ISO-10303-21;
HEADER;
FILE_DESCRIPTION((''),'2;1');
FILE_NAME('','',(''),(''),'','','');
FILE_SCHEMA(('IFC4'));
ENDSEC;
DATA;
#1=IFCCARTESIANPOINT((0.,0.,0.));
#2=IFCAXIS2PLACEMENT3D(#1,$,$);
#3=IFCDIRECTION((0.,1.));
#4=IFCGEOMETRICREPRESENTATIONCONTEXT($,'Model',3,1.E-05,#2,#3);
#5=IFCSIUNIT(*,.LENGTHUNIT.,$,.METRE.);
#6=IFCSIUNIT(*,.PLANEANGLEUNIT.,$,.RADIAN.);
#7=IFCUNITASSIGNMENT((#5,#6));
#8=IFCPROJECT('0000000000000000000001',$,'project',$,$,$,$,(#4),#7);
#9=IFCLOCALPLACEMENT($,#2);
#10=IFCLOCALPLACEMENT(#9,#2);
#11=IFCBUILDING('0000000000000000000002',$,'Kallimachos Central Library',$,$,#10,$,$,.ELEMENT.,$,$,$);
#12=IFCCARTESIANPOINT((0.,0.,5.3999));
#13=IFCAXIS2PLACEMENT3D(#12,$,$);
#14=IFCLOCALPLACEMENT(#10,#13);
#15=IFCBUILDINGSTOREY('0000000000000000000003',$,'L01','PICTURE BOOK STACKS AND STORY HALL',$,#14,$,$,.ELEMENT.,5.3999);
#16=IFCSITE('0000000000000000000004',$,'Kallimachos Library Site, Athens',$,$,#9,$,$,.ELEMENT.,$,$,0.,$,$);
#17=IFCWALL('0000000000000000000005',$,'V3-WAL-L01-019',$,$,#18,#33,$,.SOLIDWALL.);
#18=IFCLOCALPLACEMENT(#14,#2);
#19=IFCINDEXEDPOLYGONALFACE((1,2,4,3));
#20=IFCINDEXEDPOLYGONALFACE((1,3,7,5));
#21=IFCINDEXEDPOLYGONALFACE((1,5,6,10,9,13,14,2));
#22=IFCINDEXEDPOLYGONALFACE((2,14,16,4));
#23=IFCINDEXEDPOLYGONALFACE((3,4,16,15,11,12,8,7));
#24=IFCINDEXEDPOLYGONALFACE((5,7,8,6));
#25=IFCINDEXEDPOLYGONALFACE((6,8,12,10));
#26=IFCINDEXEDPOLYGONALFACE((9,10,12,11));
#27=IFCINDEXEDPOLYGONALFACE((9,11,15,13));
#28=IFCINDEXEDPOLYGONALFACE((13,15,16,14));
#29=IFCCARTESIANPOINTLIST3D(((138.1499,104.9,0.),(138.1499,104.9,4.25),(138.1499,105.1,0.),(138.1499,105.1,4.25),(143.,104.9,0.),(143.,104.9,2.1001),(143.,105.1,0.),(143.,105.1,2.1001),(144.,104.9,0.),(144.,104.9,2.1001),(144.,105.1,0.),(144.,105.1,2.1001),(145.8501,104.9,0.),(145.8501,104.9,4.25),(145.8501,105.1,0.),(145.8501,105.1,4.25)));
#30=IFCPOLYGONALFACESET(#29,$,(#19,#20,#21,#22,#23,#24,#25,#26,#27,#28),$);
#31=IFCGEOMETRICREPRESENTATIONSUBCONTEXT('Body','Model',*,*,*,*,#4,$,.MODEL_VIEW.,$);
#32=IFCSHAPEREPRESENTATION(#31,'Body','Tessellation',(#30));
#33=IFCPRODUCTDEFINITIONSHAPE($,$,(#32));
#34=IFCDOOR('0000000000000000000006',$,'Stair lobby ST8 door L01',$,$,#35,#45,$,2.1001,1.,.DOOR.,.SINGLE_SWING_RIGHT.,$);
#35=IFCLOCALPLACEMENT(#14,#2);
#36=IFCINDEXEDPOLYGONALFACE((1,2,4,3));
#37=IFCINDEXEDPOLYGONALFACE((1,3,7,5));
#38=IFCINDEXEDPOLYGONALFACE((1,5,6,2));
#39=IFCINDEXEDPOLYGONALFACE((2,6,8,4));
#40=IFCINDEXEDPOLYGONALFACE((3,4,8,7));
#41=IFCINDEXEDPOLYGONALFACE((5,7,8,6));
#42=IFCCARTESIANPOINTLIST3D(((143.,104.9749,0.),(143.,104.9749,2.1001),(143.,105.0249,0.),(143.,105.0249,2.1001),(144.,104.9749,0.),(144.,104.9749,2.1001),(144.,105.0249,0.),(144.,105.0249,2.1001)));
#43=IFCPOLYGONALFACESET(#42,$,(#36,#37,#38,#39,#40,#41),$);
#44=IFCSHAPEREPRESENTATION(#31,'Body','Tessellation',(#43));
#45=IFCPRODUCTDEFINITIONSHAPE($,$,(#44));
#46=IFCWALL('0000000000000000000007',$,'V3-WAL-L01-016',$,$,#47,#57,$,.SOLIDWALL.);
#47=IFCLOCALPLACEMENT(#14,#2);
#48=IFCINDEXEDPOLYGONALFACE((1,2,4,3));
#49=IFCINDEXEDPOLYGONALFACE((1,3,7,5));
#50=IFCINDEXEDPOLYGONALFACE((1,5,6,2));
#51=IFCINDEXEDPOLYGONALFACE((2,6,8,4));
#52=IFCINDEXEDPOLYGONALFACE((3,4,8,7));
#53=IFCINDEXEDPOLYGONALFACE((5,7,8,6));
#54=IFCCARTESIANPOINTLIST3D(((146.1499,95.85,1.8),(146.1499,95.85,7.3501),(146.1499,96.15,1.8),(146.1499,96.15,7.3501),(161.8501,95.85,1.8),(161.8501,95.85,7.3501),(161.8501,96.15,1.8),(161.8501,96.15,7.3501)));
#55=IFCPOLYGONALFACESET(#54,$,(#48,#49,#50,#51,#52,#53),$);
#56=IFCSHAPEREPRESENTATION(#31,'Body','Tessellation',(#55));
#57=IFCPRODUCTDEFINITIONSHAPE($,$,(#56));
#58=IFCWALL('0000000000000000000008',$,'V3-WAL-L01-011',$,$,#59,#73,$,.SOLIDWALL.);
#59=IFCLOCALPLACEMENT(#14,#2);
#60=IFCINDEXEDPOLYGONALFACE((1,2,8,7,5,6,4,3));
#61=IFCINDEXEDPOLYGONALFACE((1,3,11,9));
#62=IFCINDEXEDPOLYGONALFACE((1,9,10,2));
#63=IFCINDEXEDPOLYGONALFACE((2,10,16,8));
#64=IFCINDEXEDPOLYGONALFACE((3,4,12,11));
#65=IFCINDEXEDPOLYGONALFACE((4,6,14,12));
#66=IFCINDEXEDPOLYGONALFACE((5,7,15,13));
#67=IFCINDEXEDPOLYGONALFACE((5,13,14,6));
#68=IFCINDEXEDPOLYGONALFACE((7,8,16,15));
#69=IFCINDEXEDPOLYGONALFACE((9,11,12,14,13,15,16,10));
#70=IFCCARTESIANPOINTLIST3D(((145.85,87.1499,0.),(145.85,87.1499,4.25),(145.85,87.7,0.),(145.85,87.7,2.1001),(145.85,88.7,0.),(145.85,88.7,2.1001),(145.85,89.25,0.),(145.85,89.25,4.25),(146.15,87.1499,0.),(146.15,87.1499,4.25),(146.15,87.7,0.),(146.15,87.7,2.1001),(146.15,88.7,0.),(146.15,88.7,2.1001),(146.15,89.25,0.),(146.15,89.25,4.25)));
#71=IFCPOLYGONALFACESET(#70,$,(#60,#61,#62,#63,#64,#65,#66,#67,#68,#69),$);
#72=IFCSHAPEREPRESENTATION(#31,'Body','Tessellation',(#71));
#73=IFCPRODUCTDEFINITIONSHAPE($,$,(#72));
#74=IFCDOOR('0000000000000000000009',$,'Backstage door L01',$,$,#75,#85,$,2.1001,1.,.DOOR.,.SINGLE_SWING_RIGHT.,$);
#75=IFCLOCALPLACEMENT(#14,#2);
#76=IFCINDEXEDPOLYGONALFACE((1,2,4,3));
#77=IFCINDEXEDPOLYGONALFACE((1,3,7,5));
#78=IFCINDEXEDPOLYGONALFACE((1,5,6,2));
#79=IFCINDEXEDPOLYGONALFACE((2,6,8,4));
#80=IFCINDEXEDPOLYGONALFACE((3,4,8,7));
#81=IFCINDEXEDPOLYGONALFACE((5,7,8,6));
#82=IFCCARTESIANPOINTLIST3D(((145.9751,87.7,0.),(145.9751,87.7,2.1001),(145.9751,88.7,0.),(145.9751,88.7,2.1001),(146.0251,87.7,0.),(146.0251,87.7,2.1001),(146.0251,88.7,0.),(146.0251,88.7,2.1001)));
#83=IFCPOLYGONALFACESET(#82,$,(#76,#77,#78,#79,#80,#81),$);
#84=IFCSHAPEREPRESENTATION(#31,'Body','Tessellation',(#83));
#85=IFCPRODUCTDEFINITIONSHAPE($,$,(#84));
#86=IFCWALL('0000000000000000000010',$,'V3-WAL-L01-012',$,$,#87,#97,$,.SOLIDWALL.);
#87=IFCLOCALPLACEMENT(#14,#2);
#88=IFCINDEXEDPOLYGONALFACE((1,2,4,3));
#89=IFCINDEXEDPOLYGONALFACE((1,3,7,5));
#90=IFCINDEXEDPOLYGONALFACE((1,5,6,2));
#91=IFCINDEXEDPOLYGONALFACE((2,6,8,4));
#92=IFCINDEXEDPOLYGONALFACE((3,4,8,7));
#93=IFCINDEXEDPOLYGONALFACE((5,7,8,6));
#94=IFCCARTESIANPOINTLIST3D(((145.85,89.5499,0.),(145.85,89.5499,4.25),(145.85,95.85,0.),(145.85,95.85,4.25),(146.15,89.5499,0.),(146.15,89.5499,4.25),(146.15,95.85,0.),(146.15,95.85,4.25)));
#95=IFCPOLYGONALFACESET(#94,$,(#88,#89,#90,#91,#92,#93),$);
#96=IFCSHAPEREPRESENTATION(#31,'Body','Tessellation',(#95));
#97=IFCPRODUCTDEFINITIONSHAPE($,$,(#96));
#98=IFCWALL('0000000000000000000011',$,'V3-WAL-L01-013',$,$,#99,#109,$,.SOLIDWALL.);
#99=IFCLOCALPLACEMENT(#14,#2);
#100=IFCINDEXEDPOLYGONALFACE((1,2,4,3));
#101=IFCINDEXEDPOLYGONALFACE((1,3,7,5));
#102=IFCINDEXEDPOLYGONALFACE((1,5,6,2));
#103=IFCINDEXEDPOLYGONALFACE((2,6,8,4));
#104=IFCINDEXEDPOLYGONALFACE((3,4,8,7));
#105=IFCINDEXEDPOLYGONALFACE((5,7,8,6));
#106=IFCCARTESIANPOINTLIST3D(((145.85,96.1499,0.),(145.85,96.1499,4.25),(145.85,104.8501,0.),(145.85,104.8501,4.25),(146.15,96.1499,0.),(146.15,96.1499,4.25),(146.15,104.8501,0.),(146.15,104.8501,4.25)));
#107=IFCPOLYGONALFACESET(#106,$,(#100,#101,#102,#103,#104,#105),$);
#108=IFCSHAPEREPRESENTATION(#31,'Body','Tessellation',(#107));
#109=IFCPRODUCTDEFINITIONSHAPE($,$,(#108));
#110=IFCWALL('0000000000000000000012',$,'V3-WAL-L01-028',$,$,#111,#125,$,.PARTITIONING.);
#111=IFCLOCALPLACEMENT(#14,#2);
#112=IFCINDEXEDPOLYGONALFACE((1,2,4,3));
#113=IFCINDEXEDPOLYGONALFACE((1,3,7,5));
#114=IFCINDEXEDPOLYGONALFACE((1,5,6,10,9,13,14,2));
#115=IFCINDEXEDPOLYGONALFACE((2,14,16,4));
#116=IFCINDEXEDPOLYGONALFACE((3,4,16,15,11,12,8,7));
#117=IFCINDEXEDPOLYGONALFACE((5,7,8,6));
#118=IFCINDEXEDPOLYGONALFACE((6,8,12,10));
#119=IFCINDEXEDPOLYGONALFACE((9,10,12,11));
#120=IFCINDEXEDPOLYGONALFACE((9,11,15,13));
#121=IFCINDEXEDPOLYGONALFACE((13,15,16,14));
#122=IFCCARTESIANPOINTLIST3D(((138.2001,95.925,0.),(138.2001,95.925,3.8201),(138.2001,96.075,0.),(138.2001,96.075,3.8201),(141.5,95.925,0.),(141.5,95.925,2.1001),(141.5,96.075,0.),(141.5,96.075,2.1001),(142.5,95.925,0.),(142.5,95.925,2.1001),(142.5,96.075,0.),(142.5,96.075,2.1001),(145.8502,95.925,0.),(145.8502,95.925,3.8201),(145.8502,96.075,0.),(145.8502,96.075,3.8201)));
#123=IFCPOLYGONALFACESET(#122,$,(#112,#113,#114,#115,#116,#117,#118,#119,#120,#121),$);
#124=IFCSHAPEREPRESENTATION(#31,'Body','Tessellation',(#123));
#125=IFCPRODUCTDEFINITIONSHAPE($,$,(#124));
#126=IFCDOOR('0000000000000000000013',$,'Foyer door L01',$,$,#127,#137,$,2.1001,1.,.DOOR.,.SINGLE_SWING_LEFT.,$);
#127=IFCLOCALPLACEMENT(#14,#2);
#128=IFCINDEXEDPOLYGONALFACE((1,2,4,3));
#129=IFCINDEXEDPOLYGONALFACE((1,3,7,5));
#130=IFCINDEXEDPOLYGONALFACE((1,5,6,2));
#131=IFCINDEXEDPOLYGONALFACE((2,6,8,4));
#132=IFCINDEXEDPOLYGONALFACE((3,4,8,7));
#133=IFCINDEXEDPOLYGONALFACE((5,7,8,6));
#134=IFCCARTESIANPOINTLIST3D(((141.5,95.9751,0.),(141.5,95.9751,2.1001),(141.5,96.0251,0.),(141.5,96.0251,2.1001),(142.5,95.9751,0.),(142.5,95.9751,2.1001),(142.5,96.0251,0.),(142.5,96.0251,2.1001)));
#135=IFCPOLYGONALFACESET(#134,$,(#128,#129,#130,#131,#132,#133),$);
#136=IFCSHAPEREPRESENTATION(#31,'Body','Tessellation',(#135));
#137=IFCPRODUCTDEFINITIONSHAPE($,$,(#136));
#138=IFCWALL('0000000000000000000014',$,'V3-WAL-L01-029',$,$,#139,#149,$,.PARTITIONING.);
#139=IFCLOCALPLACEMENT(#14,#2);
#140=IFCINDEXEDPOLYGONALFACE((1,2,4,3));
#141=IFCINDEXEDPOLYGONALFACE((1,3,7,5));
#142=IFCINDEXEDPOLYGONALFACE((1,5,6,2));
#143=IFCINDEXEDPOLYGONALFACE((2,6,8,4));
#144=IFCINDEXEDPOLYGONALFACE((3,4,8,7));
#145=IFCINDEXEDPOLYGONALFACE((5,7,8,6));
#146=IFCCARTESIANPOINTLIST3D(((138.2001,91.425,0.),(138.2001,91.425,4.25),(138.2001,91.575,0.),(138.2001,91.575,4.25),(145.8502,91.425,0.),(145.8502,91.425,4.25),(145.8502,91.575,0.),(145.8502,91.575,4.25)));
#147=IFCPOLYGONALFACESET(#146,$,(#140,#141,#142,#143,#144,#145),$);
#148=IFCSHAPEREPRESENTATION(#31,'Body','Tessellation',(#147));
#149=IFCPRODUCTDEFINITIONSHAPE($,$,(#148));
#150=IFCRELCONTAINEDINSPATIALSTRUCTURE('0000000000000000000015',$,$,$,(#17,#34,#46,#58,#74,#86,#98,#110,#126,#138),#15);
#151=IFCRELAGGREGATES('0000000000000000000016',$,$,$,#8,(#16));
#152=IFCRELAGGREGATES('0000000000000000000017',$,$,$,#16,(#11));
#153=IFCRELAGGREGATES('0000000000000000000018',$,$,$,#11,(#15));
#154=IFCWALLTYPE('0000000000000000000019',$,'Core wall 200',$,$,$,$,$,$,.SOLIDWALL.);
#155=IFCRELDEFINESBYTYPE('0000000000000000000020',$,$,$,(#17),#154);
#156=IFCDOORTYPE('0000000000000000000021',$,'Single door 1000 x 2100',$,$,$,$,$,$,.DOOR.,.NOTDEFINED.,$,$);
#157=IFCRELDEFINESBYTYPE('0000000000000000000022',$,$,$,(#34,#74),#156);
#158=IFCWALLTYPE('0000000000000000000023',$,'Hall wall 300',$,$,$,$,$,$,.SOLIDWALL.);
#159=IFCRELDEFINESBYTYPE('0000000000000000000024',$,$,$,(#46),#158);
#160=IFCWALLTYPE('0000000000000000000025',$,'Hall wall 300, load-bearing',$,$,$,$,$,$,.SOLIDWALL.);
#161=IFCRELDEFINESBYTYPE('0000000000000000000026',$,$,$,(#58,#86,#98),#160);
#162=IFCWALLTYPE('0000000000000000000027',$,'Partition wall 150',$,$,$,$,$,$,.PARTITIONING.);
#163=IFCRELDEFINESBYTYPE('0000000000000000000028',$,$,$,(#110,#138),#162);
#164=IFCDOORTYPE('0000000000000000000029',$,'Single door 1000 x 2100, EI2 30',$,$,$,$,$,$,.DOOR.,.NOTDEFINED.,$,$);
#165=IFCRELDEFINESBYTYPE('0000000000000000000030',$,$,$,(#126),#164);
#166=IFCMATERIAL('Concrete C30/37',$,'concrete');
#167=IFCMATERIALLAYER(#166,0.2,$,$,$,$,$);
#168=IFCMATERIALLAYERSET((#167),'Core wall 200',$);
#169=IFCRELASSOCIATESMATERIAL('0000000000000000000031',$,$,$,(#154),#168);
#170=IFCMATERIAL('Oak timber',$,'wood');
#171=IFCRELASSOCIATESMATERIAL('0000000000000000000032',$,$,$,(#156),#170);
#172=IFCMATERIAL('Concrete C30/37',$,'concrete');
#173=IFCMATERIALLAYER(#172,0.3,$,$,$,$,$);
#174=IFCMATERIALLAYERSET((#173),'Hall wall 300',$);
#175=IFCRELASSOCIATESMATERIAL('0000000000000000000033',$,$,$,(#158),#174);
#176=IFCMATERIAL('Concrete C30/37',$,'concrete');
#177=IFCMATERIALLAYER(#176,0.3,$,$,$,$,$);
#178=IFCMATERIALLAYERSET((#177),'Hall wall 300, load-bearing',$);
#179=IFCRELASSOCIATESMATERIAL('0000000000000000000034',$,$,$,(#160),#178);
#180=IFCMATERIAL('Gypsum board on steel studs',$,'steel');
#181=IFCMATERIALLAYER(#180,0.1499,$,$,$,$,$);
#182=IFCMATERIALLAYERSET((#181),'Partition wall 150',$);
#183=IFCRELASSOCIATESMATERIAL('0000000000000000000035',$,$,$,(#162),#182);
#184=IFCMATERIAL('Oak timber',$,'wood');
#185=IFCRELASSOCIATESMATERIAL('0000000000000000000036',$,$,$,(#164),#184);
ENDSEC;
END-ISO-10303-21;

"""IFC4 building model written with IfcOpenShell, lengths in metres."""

from ifc_helpers import new_model, si_unit, direction, frame, frame_2d, origin, place, context, subcontext, project, spatial, rectangle, extrude, material, layer, layer_set, type_object, element, fill, save


model = new_model("IFC4")

# Units and contexts
model_context = context("Model", 3, precision=1e-05, world=origin(), true_north=direction((0.0, 1.0)))
body_context = subcontext(model_context, "Body", "Model", "MODEL_VIEW")
ifc_project = project(units=[si_unit("LENGTHUNIT", "METRE"), si_unit("PLANEANGLEUNIT", "RADIAN")], contexts=[model_context])

# Site, building, storey
site_placement = place(None, origin())
site = spatial("IfcSite", under=ifc_project, at=site_placement, Name="Kallimachos Library Site, Athens", CompositionType="ELEMENT", RefElevation=0.0)
building_placement = place(site_placement, origin())
building = spatial("IfcBuilding", under=site, at=building_placement, Name="Kallimachos Central Library", CompositionType="ELEMENT")
storey_placement = place(building_placement, frame((0.0, 0.0, 5.3999)))
storey = spatial("IfcBuildingStorey", under=building, at=storey_placement, Name="L01", Description="PICTURE BOOK STACKS AND STORY HALL", CompositionType="ELEMENT", Elevation=5.3999)

# Wall, opening, door
ifc_material_1 = material(Name="Concrete C30/37", Category="concrete")
ifc_layer_1 = layer(ifc_material_1, 0.2)
ifc_layer_set_1 = layer_set([ifc_layer_1], Name="Core wall 200")
wall_type_1 = type_object("IfcWallType", Name="Core wall 200", PredefinedType="SOLIDWALL", material=ifc_layer_set_1)
wall_1_placement = place(storey_placement, frame((138.1499, 105.0, 0.0), z_axis=(0.0, 0.0, 1.0), x_axis=(1.0, 0.0, 0.0)))
wall_1 = element("IfcWall", 1, at=wall_1_placement, inside=storey, type_object=wall_type_1, Name="V3-WAL-L01-019", PredefinedType="SOLIDWALL", context=body_context, shape_type="SweptSolid", body=[
    extrude(rectangle(XDim=7.7002, YDim=0.2, at=frame_2d((3.8501, 0.0))), origin(), (0.0, 0.0, 1.0), 4.25),
])
opening_1_placement = place(wall_1_placement, frame((4.8501, 0.0, 0.0)))
opening_1 = element("IfcOpeningElement", 2, at=opening_1_placement, cuts=wall_1, PredefinedType="OPENING", context=body_context, shape_type="SweptSolid", body=[
    extrude(rectangle(XDim=1.0, YDim=2.1001, at=frame_2d((0.5, 1.05))), frame((0.0, 0.1099, 0.0), z_axis=(0.0, -1.0, 0.0), x_axis=(1.0, 0.0, 0.0)), (0.0, 0.0, 1.0), 0.22),
])
ifc_material_2 = material(Name="Oak timber", Category="wood")
door_type_1 = type_object("IfcDoorType", Name="Single door 1000 x 2100", OperationType="NOTDEFINED", PredefinedType="DOOR", material=ifc_material_2)
door_1_placement = place(opening_1_placement, origin())
door_1 = element("IfcDoor", 3, at=door_1_placement, inside=storey, type_object=door_type_1, Name="Stair lobby ST8 door L01", OperationType="SINGLE_SWING_RIGHT", OverallHeight=2.1001, OverallWidth=1.0, PredefinedType="DOOR", context=body_context, shape_type="SweptSolid", body=[
    extrude(rectangle(XDim=1.0, YDim=2.1001, at=frame_2d((0.5, 1.05))), frame((0.0, 0.0249, 0.0), z_axis=(0.0, -1.0, 0.0), x_axis=(1.0, 0.0, 0.0)), (0.0, 0.0, 1.0), 0.05),
])
fill(opening_1, door_1)

# Wall
ifc_material_3 = material(Name="Concrete C30/37", Category="concrete")
ifc_layer_2 = layer(ifc_material_3, 0.3)
ifc_layer_set_2 = layer_set([ifc_layer_2], Name="Hall wall 300")
wall_type_2 = type_object("IfcWallType", Name="Hall wall 300", PredefinedType="SOLIDWALL", material=ifc_layer_set_2)
wall_2_placement = place(storey_placement, frame((146.1499, 96.0, 1.8), z_axis=(0.0, 0.0, 1.0), x_axis=(1.0, 0.0, 0.0)))
element("IfcWall", 4, at=wall_2_placement, inside=storey, type_object=wall_type_2, Name="V3-WAL-L01-016", PredefinedType="SOLIDWALL", context=body_context, shape_type="SweptSolid", body=[
    extrude(rectangle(XDim=15.7002, YDim=0.3, at=frame_2d((7.8501, 0.0))), origin(), (0.0, 0.0, 1.0), 5.55),
])

# Wall, opening, door
ifc_material_4 = material(Name="Concrete C30/37", Category="concrete")
ifc_layer_3 = layer(ifc_material_4, 0.3)
ifc_layer_set_3 = layer_set([ifc_layer_3], Name="Hall wall 300, load-bearing")
wall_type_3 = type_object("IfcWallType", Name="Hall wall 300, load-bearing", PredefinedType="SOLIDWALL", material=ifc_layer_set_3)
wall_3_placement = place(storey_placement, frame((146.0, 87.1499, 0.0), z_axis=(0.0, 0.0, 1.0), x_axis=(0.0, 1.0, 0.0)))
wall_3 = element("IfcWall", 5, at=wall_3_placement, inside=storey, type_object=wall_type_3, Name="V3-WAL-L01-011", PredefinedType="SOLIDWALL", context=body_context, shape_type="SweptSolid", body=[
    extrude(rectangle(XDim=2.1001, YDim=0.3, at=frame_2d((1.05, 0.0))), origin(), (0.0, 0.0, 1.0), 4.25),
])
opening_2_placement = place(wall_3_placement, frame((0.55, 0.0, 0.0)))
opening_2 = element("IfcOpeningElement", 6, at=opening_2_placement, cuts=wall_3, PredefinedType="OPENING", context=body_context, shape_type="SweptSolid", body=[
    extrude(rectangle(XDim=1.0, YDim=2.1001, at=frame_2d((0.5, 1.05))), frame((0.0, 0.1599, 0.0), z_axis=(0.0, -1.0, 0.0), x_axis=(1.0, 0.0, 0.0)), (0.0, 0.0, 1.0), 0.3201),
])
door_2_placement = place(opening_2_placement, origin())
door_2 = element("IfcDoor", 7, at=door_2_placement, inside=storey, type_object=door_type_1, Name="Backstage door L01", OperationType="SINGLE_SWING_RIGHT", OverallHeight=2.1001, OverallWidth=1.0, PredefinedType="DOOR", context=body_context, shape_type="SweptSolid", body=[
    extrude(rectangle(XDim=1.0, YDim=2.1001, at=frame_2d((0.5, 1.05))), frame((0.0, 0.0249, 0.0), z_axis=(0.0, -1.0, 0.0), x_axis=(1.0, 0.0, 0.0)), (0.0, 0.0, 1.0), 0.05),
])
fill(opening_2, door_2)

# Walls
wall_4_placement = place(storey_placement, frame((146.0, 89.55, 0.0), z_axis=(0.0, 0.0, 1.0), x_axis=(0.0, 1.0, 0.0)))
element("IfcWall", 8, at=wall_4_placement, inside=storey, type_object=wall_type_3, Name="V3-WAL-L01-012", PredefinedType="SOLIDWALL", context=body_context, shape_type="SweptSolid", body=[
    extrude(rectangle(XDim=6.3, YDim=0.3, at=frame_2d((3.1499, 0.0))), origin(), (0.0, 0.0, 1.0), 4.25),
])
wall_5_placement = place(storey_placement, frame((146.0, 96.1499, 0.0), z_axis=(0.0, 0.0, 1.0), x_axis=(0.0, 1.0, 0.0)))
element("IfcWall", 9, at=wall_5_placement, inside=storey, type_object=wall_type_3, Name="V3-WAL-L01-013", PredefinedType="SOLIDWALL", context=body_context, shape_type="SweptSolid", body=[
    extrude(rectangle(XDim=8.7002, YDim=0.3, at=frame_2d((4.3501, 0.0))), origin(), (0.0, 0.0, 1.0), 4.25),
])

# Wall, opening, door
ifc_material_5 = material(Name="Gypsum board on steel studs", Category="steel")
ifc_layer_4 = layer(ifc_material_5, 0.1499)
ifc_layer_set_4 = layer_set([ifc_layer_4], Name="Partition wall 150")
wall_type_4 = type_object("IfcWallType", Name="Partition wall 150", PredefinedType="PARTITIONING", material=ifc_layer_set_4)
wall_6_placement = place(storey_placement, frame((138.2, 96.0, 0.0), z_axis=(0.0, 0.0, 1.0), x_axis=(1.0, 0.0, 0.0)))
wall_6 = element("IfcWall", 10, at=wall_6_placement, inside=storey, type_object=wall_type_4, Name="V3-WAL-L01-028", PredefinedType="PARTITIONING", context=body_context, shape_type="SweptSolid", body=[
    extrude(rectangle(XDim=7.6501, YDim=0.1499, at=frame_2d((3.8252, 0.0))), origin(), (0.0, 0.0, 1.0), 3.8201),
])
opening_3_placement = place(wall_6_placement, frame((3.3, 0.0, 0.0)))
opening_3 = element("IfcOpeningElement", 11, at=opening_3_placement, cuts=wall_6, PredefinedType="OPENING", context=body_context, shape_type="SweptSolid", body=[
    extrude(rectangle(XDim=1.0, YDim=2.1001, at=frame_2d((0.5, 1.05))), frame((0.0, 0.085, 0.0), z_axis=(0.0, -1.0, 0.0), x_axis=(1.0, 0.0, 0.0)), (0.0, 0.0, 1.0), 0.1699),
])
ifc_material_6 = material(Name="Oak timber", Category="wood")
door_type_2 = type_object("IfcDoorType", Name="Single door 1000 x 2100, EI2 30", OperationType="NOTDEFINED", PredefinedType="DOOR", material=ifc_material_6)
door_3_placement = place(opening_3_placement, frame((1.0, 0.0, 0.0), z_axis=(0.0, 0.0, 1.0), x_axis=(-1.0, 0.0, 0.0)))
door_3 = element("IfcDoor", 12, at=door_3_placement, inside=storey, type_object=door_type_2, Name="Foyer door L01", OperationType="SINGLE_SWING_LEFT", OverallHeight=2.1001, OverallWidth=1.0, PredefinedType="DOOR", context=body_context, shape_type="SweptSolid", body=[
    extrude(rectangle(XDim=1.0, YDim=2.1001, at=frame_2d((0.5, 1.05))), frame((0.0, 0.0249, 0.0), z_axis=(0.0, -1.0, 0.0), x_axis=(1.0, 0.0, 0.0)), (0.0, 0.0, 1.0), 0.05),
])
fill(opening_3, door_3)

# Wall
wall_7_placement = place(storey_placement, frame((138.2, 91.5, 0.0), z_axis=(0.0, 0.0, 1.0), x_axis=(1.0, 0.0, 0.0)))
element("IfcWall", 13, at=wall_7_placement, inside=storey, type_object=wall_type_4, Name="V3-WAL-L01-029", PredefinedType="PARTITIONING", context=body_context, shape_type="SweptSolid", body=[
    extrude(rectangle(XDim=7.6501, YDim=0.1499, at=frame_2d((3.8252, 0.0))), origin(), (0.0, 0.0, 1.0), 4.25),
])

save(model, "model.ifc")
